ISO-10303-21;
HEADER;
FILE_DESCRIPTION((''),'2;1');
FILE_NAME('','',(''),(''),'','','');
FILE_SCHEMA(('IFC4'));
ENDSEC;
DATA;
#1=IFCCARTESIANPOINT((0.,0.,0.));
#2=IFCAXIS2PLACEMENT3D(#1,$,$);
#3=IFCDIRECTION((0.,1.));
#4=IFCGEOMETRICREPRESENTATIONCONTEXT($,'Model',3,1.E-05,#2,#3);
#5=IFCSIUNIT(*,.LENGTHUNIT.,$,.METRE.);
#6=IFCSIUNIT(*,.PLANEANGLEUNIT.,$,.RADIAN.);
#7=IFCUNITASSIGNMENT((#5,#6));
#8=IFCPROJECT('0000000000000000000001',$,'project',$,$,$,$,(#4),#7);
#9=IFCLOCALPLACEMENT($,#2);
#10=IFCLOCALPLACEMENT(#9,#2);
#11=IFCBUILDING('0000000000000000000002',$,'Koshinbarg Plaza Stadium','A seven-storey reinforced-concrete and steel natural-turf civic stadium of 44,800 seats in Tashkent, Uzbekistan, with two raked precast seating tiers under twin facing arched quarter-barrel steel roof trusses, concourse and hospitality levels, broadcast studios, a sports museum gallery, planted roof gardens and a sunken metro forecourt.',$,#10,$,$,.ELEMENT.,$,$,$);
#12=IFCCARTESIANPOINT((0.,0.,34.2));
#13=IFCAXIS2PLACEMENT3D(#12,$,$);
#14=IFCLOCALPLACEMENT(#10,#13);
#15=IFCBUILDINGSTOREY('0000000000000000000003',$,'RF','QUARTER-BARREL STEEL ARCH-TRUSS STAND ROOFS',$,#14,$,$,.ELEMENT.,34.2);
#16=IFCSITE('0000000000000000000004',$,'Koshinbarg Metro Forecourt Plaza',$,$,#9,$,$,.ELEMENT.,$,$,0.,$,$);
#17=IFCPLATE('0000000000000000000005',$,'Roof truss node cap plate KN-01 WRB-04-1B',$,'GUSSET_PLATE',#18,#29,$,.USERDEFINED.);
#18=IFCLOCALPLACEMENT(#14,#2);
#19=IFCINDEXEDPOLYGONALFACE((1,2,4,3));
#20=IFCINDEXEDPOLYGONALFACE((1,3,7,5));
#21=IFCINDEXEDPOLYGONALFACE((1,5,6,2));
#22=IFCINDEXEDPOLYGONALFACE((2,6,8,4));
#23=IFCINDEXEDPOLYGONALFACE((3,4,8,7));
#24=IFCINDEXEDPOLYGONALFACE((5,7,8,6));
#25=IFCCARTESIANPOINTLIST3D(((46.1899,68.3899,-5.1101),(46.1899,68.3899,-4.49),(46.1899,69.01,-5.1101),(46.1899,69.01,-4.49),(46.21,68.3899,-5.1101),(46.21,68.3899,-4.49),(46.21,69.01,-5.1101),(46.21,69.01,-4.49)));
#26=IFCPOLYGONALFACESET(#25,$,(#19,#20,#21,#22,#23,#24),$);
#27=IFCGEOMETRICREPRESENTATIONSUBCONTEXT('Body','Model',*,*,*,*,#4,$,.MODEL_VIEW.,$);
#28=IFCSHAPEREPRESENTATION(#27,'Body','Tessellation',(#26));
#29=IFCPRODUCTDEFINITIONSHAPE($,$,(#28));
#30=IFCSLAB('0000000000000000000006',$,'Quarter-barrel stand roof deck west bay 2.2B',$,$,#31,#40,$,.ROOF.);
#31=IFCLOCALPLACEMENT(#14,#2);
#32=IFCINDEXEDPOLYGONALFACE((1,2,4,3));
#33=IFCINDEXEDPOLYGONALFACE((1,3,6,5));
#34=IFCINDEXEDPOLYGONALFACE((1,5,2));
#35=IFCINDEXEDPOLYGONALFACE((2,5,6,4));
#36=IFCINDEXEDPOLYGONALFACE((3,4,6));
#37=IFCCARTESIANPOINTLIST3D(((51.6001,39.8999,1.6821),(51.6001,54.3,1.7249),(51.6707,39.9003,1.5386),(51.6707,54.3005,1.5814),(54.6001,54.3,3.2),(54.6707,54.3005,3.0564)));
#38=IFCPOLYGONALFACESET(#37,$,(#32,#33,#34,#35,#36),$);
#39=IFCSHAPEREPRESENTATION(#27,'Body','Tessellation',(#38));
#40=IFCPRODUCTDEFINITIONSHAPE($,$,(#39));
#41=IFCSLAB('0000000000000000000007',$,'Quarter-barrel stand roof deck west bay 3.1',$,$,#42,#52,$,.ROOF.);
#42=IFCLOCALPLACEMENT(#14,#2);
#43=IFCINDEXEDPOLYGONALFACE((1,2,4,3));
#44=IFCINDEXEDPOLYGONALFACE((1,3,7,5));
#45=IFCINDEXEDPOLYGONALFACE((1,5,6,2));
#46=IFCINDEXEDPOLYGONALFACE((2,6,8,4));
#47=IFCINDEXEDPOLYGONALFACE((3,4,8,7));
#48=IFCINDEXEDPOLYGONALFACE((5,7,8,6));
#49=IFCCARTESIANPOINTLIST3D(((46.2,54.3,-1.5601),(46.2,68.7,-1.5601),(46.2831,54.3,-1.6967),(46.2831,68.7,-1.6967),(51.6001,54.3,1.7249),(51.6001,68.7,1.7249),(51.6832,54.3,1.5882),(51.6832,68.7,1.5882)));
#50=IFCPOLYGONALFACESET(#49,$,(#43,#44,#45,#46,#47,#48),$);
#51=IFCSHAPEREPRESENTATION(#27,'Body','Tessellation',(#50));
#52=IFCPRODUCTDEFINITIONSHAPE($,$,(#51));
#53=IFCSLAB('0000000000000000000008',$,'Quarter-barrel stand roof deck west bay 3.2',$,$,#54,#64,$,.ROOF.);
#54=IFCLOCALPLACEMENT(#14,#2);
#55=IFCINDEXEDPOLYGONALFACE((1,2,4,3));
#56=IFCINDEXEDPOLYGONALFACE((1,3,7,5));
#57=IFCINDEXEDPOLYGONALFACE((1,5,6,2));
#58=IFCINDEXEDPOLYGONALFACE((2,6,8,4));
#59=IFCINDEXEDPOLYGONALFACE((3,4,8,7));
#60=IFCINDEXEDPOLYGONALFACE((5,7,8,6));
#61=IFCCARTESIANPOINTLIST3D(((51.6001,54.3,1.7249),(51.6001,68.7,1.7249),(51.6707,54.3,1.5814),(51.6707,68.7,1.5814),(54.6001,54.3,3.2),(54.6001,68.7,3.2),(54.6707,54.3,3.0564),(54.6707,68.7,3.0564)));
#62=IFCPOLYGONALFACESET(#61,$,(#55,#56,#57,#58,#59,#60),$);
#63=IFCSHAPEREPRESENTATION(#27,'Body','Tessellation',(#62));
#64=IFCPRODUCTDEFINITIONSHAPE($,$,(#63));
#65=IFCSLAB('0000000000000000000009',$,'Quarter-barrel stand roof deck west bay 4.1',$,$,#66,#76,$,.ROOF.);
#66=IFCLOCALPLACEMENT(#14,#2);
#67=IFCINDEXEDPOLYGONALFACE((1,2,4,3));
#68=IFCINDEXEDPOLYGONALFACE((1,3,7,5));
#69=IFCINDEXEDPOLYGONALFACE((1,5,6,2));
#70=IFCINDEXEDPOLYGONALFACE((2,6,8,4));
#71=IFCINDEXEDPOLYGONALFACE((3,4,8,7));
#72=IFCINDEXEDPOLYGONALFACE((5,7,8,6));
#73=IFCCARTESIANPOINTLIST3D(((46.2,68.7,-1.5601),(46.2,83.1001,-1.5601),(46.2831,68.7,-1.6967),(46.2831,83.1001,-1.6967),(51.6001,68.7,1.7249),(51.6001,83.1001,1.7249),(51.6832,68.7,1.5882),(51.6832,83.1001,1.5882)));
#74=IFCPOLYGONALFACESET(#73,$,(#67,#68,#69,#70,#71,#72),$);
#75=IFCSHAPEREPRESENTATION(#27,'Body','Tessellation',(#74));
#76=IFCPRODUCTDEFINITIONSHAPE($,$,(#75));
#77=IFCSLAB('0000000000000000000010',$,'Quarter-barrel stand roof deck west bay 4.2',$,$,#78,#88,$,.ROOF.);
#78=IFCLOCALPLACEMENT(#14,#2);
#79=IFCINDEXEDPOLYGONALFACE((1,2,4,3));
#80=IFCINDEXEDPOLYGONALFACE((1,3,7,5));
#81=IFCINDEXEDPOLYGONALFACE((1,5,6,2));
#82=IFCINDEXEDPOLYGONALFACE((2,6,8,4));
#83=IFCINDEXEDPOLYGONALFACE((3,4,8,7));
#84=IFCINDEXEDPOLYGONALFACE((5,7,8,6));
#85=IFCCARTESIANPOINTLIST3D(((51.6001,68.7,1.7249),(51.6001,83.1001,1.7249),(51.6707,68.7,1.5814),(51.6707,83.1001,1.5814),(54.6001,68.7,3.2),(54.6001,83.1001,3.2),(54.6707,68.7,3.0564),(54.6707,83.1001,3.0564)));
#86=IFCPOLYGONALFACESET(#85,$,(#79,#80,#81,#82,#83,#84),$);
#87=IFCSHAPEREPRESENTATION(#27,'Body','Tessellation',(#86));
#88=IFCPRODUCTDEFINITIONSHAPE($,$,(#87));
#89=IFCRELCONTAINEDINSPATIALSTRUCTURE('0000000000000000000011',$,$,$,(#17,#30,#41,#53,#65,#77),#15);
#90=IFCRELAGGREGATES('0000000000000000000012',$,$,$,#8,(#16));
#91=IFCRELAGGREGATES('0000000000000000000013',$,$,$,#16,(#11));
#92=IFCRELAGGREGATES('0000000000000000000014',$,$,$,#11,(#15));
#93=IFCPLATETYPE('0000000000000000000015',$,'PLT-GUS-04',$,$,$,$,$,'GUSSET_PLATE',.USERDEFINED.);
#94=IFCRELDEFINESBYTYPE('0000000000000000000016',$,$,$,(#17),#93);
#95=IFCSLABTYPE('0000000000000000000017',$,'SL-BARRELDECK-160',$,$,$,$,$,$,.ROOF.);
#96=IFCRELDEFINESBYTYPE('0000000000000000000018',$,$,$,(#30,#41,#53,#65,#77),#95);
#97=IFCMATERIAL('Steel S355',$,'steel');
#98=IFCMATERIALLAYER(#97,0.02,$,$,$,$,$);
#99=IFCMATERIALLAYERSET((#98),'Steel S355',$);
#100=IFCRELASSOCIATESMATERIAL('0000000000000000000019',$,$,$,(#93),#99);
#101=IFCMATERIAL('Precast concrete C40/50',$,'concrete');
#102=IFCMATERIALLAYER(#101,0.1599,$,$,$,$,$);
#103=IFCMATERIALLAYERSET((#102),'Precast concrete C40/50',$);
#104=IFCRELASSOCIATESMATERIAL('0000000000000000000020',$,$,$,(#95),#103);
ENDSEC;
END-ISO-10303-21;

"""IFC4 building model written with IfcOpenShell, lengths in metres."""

from ifc_helpers import new_model, si_unit, direction, frame, origin, origin_2d, place, context, subcontext, project, spatial, polyline, rectangle, outline, extrude, material, layer, layer_set, type_object, element, save


model = new_model("IFC4")

# Units and contexts
model_context = context("Model", 3, precision=1e-05, world=origin(), true_north=direction((0.0, 1.0)))
body_context = subcontext(model_context, "Body", "Model", "MODEL_VIEW")
ifc_project = project(units=[si_unit("LENGTHUNIT", "METRE"), si_unit("PLANEANGLEUNIT", "RADIAN")], contexts=[model_context])

# Site, building, storey
site_placement = place(None, origin())
site = spatial("IfcSite", under=ifc_project, at=site_placement, Name="Koshinbarg Metro Forecourt Plaza", CompositionType="ELEMENT", RefElevation=0.0)
building_placement = place(site_placement, origin())
building = spatial("IfcBuilding", under=site, at=building_placement, Name="Koshinbarg Plaza Stadium", Description="A seven-storey reinforced-concrete and steel natural-turf civic stadium of 44,800 seats in Tashkent, Uzbekistan, with two raked precast seating tiers under twin facing arched quarter-barrel steel roof trusses, concourse and hospitality levels, broadcast studios, a sports museum gallery, planted roof gardens and a sunken metro forecourt.", CompositionType="ELEMENT")
storey_placement = place(building_placement, frame((0.0, 0.0, 34.2)))
storey = spatial("IfcBuildingStorey", under=building, at=storey_placement, Name="RF", Description="QUARTER-BARREL STEEL ARCH-TRUSS STAND ROOFS", CompositionType="ELEMENT", Elevation=34.2)

# Shared definitions
ifc_material_1 = material(Name="Steel S355", Category="steel")

# Plate
ifc_layer_1 = layer(ifc_material_1, 0.02)
ifc_layer_set_1 = layer_set([ifc_layer_1], Name="Steel S355")
plate_type = type_object("IfcPlateType", Name="PLT-GUS-04", ElementType="GUSSET_PLATE", PredefinedType="USERDEFINED", material=ifc_layer_set_1)
for number, where, z_axis, x_axis, name in (
    (1, (46.2, 68.7, -5.1101), (0.0, 0.0, 1.0), (1.0, 0.0, 0.0), "Roof truss node cap plate KN-01 WRB-04-1B"),
):
    element("IfcPlate", number, at=place(storey_placement, frame(where, z_axis=z_axis, x_axis=x_axis)), inside=storey, type_object=plate_type, Name=name, ObjectType="GUSSET_PLATE", PredefinedType="USERDEFINED", context=body_context, shape_type="SweptSolid", body=[
        extrude(rectangle(XDim=0.02, YDim=0.6201, at=origin_2d()), origin(), (0.0, 0.0, 1.0), 0.6201),
    ])

# Slabs
ifc_material_2 = material(Name="Precast concrete C40/50", Category="concrete")
ifc_layer_2 = layer(ifc_material_2, 0.1599)
ifc_layer_set_2 = layer_set([ifc_layer_2], Name="Precast concrete C40/50")
slab_type = type_object("IfcSlabType", Name="SL-BARRELDECK-160", PredefinedType="ROOF", material=ifc_layer_set_2)
slab_1_placement = place(storey_placement, frame((51.6001, 39.8999, 1.6821), z_axis=(-0.441243, -0.002662, 0.897384), x_axis=(0.202875, 0.97381, 0.102643)))
element("IfcSlab", 2, at=slab_1_placement, inside=storey, type_object=slab_type, Name="Quarter-barrel stand roof deck west bay 2.2B", PredefinedType="ROOF", context=body_context, shape_type="SweptSolid", body=[
    extrude(outline(polyline([(0.0, 0.0), (14.7874, 0.0), (14.0274, 3.2555), (0.0, 0.0)])), origin(), (0.0, 0.0, -1.0), 0.1599),
])
slab_2_placement = place(storey_placement, frame((46.2, 54.3, -1.5601), z_axis=(-0.519701, 0.0, 0.854348), x_axis=(0.854348, 0.0, 0.519701)))
element("IfcSlab", 3, at=slab_2_placement, inside=storey, type_object=slab_type, Name="Quarter-barrel stand roof deck west bay 3.1", PredefinedType="ROOF", context=body_context, shape_type="SweptSolid", body=[
    extrude(outline(polyline([(0.0, 0.0), (6.3208, 0.0), (6.3208, 14.3999), (0.0, 14.3999), (0.0, 0.0)])), origin(), (0.0, 0.0, -1.0), 0.1599),
])
slab_3_placement = place(storey_placement, frame((51.6001, 54.3, 1.7249), z_axis=(-0.441244, 0.0, 0.897387), x_axis=(0.897387, 0.0, 0.441244)))
element("IfcSlab", 4, at=slab_3_placement, inside=storey, type_object=slab_type, Name="Quarter-barrel stand roof deck west bay 3.2", PredefinedType="ROOF", context=body_context, shape_type="SweptSolid", body=[
    extrude(outline(polyline([(0.0, 0.0), (3.343, 0.0), (3.343, 14.3999), (0.0, 14.3999), (0.0, 0.0)])), origin(), (0.0, 0.0, -1.0), 0.1599),
])
slab_4_placement = place(storey_placement, frame((46.2, 68.7, -1.5601), z_axis=(-0.519701, 0.0, 0.854348), x_axis=(0.854348, 0.0, 0.519701)))
element("IfcSlab", 5, at=slab_4_placement, inside=storey, type_object=slab_type, Name="Quarter-barrel stand roof deck west bay 4.1", PredefinedType="ROOF", context=body_context, shape_type="SweptSolid", body=[
    extrude(outline(polyline([(0.0, 0.0), (6.3208, 0.0), (6.3208, 14.4001), (0.0, 14.4001), (0.0, 0.0)])), origin(), (0.0, 0.0, -1.0), 0.1599),
])
slab_5_placement = place(storey_placement, frame((51.6001, 68.7, 1.7249), z_axis=(-0.441244, 0.0, 0.897387), x_axis=(0.897387, 0.0, 0.441244)))
element("IfcSlab", 6, at=slab_5_placement, inside=storey, type_object=slab_type, Name="Quarter-barrel stand roof deck west bay 4.2", PredefinedType="ROOF", context=body_context, shape_type="SweptSolid", body=[
    extrude(outline(polyline([(0.0, 0.0), (3.343, 0.0), (3.343, 14.4001), (0.0, 14.4001), (0.0, 0.0)])), origin(), (0.0, 0.0, -1.0), 0.1599),
])

save(model, "model.ifc")
